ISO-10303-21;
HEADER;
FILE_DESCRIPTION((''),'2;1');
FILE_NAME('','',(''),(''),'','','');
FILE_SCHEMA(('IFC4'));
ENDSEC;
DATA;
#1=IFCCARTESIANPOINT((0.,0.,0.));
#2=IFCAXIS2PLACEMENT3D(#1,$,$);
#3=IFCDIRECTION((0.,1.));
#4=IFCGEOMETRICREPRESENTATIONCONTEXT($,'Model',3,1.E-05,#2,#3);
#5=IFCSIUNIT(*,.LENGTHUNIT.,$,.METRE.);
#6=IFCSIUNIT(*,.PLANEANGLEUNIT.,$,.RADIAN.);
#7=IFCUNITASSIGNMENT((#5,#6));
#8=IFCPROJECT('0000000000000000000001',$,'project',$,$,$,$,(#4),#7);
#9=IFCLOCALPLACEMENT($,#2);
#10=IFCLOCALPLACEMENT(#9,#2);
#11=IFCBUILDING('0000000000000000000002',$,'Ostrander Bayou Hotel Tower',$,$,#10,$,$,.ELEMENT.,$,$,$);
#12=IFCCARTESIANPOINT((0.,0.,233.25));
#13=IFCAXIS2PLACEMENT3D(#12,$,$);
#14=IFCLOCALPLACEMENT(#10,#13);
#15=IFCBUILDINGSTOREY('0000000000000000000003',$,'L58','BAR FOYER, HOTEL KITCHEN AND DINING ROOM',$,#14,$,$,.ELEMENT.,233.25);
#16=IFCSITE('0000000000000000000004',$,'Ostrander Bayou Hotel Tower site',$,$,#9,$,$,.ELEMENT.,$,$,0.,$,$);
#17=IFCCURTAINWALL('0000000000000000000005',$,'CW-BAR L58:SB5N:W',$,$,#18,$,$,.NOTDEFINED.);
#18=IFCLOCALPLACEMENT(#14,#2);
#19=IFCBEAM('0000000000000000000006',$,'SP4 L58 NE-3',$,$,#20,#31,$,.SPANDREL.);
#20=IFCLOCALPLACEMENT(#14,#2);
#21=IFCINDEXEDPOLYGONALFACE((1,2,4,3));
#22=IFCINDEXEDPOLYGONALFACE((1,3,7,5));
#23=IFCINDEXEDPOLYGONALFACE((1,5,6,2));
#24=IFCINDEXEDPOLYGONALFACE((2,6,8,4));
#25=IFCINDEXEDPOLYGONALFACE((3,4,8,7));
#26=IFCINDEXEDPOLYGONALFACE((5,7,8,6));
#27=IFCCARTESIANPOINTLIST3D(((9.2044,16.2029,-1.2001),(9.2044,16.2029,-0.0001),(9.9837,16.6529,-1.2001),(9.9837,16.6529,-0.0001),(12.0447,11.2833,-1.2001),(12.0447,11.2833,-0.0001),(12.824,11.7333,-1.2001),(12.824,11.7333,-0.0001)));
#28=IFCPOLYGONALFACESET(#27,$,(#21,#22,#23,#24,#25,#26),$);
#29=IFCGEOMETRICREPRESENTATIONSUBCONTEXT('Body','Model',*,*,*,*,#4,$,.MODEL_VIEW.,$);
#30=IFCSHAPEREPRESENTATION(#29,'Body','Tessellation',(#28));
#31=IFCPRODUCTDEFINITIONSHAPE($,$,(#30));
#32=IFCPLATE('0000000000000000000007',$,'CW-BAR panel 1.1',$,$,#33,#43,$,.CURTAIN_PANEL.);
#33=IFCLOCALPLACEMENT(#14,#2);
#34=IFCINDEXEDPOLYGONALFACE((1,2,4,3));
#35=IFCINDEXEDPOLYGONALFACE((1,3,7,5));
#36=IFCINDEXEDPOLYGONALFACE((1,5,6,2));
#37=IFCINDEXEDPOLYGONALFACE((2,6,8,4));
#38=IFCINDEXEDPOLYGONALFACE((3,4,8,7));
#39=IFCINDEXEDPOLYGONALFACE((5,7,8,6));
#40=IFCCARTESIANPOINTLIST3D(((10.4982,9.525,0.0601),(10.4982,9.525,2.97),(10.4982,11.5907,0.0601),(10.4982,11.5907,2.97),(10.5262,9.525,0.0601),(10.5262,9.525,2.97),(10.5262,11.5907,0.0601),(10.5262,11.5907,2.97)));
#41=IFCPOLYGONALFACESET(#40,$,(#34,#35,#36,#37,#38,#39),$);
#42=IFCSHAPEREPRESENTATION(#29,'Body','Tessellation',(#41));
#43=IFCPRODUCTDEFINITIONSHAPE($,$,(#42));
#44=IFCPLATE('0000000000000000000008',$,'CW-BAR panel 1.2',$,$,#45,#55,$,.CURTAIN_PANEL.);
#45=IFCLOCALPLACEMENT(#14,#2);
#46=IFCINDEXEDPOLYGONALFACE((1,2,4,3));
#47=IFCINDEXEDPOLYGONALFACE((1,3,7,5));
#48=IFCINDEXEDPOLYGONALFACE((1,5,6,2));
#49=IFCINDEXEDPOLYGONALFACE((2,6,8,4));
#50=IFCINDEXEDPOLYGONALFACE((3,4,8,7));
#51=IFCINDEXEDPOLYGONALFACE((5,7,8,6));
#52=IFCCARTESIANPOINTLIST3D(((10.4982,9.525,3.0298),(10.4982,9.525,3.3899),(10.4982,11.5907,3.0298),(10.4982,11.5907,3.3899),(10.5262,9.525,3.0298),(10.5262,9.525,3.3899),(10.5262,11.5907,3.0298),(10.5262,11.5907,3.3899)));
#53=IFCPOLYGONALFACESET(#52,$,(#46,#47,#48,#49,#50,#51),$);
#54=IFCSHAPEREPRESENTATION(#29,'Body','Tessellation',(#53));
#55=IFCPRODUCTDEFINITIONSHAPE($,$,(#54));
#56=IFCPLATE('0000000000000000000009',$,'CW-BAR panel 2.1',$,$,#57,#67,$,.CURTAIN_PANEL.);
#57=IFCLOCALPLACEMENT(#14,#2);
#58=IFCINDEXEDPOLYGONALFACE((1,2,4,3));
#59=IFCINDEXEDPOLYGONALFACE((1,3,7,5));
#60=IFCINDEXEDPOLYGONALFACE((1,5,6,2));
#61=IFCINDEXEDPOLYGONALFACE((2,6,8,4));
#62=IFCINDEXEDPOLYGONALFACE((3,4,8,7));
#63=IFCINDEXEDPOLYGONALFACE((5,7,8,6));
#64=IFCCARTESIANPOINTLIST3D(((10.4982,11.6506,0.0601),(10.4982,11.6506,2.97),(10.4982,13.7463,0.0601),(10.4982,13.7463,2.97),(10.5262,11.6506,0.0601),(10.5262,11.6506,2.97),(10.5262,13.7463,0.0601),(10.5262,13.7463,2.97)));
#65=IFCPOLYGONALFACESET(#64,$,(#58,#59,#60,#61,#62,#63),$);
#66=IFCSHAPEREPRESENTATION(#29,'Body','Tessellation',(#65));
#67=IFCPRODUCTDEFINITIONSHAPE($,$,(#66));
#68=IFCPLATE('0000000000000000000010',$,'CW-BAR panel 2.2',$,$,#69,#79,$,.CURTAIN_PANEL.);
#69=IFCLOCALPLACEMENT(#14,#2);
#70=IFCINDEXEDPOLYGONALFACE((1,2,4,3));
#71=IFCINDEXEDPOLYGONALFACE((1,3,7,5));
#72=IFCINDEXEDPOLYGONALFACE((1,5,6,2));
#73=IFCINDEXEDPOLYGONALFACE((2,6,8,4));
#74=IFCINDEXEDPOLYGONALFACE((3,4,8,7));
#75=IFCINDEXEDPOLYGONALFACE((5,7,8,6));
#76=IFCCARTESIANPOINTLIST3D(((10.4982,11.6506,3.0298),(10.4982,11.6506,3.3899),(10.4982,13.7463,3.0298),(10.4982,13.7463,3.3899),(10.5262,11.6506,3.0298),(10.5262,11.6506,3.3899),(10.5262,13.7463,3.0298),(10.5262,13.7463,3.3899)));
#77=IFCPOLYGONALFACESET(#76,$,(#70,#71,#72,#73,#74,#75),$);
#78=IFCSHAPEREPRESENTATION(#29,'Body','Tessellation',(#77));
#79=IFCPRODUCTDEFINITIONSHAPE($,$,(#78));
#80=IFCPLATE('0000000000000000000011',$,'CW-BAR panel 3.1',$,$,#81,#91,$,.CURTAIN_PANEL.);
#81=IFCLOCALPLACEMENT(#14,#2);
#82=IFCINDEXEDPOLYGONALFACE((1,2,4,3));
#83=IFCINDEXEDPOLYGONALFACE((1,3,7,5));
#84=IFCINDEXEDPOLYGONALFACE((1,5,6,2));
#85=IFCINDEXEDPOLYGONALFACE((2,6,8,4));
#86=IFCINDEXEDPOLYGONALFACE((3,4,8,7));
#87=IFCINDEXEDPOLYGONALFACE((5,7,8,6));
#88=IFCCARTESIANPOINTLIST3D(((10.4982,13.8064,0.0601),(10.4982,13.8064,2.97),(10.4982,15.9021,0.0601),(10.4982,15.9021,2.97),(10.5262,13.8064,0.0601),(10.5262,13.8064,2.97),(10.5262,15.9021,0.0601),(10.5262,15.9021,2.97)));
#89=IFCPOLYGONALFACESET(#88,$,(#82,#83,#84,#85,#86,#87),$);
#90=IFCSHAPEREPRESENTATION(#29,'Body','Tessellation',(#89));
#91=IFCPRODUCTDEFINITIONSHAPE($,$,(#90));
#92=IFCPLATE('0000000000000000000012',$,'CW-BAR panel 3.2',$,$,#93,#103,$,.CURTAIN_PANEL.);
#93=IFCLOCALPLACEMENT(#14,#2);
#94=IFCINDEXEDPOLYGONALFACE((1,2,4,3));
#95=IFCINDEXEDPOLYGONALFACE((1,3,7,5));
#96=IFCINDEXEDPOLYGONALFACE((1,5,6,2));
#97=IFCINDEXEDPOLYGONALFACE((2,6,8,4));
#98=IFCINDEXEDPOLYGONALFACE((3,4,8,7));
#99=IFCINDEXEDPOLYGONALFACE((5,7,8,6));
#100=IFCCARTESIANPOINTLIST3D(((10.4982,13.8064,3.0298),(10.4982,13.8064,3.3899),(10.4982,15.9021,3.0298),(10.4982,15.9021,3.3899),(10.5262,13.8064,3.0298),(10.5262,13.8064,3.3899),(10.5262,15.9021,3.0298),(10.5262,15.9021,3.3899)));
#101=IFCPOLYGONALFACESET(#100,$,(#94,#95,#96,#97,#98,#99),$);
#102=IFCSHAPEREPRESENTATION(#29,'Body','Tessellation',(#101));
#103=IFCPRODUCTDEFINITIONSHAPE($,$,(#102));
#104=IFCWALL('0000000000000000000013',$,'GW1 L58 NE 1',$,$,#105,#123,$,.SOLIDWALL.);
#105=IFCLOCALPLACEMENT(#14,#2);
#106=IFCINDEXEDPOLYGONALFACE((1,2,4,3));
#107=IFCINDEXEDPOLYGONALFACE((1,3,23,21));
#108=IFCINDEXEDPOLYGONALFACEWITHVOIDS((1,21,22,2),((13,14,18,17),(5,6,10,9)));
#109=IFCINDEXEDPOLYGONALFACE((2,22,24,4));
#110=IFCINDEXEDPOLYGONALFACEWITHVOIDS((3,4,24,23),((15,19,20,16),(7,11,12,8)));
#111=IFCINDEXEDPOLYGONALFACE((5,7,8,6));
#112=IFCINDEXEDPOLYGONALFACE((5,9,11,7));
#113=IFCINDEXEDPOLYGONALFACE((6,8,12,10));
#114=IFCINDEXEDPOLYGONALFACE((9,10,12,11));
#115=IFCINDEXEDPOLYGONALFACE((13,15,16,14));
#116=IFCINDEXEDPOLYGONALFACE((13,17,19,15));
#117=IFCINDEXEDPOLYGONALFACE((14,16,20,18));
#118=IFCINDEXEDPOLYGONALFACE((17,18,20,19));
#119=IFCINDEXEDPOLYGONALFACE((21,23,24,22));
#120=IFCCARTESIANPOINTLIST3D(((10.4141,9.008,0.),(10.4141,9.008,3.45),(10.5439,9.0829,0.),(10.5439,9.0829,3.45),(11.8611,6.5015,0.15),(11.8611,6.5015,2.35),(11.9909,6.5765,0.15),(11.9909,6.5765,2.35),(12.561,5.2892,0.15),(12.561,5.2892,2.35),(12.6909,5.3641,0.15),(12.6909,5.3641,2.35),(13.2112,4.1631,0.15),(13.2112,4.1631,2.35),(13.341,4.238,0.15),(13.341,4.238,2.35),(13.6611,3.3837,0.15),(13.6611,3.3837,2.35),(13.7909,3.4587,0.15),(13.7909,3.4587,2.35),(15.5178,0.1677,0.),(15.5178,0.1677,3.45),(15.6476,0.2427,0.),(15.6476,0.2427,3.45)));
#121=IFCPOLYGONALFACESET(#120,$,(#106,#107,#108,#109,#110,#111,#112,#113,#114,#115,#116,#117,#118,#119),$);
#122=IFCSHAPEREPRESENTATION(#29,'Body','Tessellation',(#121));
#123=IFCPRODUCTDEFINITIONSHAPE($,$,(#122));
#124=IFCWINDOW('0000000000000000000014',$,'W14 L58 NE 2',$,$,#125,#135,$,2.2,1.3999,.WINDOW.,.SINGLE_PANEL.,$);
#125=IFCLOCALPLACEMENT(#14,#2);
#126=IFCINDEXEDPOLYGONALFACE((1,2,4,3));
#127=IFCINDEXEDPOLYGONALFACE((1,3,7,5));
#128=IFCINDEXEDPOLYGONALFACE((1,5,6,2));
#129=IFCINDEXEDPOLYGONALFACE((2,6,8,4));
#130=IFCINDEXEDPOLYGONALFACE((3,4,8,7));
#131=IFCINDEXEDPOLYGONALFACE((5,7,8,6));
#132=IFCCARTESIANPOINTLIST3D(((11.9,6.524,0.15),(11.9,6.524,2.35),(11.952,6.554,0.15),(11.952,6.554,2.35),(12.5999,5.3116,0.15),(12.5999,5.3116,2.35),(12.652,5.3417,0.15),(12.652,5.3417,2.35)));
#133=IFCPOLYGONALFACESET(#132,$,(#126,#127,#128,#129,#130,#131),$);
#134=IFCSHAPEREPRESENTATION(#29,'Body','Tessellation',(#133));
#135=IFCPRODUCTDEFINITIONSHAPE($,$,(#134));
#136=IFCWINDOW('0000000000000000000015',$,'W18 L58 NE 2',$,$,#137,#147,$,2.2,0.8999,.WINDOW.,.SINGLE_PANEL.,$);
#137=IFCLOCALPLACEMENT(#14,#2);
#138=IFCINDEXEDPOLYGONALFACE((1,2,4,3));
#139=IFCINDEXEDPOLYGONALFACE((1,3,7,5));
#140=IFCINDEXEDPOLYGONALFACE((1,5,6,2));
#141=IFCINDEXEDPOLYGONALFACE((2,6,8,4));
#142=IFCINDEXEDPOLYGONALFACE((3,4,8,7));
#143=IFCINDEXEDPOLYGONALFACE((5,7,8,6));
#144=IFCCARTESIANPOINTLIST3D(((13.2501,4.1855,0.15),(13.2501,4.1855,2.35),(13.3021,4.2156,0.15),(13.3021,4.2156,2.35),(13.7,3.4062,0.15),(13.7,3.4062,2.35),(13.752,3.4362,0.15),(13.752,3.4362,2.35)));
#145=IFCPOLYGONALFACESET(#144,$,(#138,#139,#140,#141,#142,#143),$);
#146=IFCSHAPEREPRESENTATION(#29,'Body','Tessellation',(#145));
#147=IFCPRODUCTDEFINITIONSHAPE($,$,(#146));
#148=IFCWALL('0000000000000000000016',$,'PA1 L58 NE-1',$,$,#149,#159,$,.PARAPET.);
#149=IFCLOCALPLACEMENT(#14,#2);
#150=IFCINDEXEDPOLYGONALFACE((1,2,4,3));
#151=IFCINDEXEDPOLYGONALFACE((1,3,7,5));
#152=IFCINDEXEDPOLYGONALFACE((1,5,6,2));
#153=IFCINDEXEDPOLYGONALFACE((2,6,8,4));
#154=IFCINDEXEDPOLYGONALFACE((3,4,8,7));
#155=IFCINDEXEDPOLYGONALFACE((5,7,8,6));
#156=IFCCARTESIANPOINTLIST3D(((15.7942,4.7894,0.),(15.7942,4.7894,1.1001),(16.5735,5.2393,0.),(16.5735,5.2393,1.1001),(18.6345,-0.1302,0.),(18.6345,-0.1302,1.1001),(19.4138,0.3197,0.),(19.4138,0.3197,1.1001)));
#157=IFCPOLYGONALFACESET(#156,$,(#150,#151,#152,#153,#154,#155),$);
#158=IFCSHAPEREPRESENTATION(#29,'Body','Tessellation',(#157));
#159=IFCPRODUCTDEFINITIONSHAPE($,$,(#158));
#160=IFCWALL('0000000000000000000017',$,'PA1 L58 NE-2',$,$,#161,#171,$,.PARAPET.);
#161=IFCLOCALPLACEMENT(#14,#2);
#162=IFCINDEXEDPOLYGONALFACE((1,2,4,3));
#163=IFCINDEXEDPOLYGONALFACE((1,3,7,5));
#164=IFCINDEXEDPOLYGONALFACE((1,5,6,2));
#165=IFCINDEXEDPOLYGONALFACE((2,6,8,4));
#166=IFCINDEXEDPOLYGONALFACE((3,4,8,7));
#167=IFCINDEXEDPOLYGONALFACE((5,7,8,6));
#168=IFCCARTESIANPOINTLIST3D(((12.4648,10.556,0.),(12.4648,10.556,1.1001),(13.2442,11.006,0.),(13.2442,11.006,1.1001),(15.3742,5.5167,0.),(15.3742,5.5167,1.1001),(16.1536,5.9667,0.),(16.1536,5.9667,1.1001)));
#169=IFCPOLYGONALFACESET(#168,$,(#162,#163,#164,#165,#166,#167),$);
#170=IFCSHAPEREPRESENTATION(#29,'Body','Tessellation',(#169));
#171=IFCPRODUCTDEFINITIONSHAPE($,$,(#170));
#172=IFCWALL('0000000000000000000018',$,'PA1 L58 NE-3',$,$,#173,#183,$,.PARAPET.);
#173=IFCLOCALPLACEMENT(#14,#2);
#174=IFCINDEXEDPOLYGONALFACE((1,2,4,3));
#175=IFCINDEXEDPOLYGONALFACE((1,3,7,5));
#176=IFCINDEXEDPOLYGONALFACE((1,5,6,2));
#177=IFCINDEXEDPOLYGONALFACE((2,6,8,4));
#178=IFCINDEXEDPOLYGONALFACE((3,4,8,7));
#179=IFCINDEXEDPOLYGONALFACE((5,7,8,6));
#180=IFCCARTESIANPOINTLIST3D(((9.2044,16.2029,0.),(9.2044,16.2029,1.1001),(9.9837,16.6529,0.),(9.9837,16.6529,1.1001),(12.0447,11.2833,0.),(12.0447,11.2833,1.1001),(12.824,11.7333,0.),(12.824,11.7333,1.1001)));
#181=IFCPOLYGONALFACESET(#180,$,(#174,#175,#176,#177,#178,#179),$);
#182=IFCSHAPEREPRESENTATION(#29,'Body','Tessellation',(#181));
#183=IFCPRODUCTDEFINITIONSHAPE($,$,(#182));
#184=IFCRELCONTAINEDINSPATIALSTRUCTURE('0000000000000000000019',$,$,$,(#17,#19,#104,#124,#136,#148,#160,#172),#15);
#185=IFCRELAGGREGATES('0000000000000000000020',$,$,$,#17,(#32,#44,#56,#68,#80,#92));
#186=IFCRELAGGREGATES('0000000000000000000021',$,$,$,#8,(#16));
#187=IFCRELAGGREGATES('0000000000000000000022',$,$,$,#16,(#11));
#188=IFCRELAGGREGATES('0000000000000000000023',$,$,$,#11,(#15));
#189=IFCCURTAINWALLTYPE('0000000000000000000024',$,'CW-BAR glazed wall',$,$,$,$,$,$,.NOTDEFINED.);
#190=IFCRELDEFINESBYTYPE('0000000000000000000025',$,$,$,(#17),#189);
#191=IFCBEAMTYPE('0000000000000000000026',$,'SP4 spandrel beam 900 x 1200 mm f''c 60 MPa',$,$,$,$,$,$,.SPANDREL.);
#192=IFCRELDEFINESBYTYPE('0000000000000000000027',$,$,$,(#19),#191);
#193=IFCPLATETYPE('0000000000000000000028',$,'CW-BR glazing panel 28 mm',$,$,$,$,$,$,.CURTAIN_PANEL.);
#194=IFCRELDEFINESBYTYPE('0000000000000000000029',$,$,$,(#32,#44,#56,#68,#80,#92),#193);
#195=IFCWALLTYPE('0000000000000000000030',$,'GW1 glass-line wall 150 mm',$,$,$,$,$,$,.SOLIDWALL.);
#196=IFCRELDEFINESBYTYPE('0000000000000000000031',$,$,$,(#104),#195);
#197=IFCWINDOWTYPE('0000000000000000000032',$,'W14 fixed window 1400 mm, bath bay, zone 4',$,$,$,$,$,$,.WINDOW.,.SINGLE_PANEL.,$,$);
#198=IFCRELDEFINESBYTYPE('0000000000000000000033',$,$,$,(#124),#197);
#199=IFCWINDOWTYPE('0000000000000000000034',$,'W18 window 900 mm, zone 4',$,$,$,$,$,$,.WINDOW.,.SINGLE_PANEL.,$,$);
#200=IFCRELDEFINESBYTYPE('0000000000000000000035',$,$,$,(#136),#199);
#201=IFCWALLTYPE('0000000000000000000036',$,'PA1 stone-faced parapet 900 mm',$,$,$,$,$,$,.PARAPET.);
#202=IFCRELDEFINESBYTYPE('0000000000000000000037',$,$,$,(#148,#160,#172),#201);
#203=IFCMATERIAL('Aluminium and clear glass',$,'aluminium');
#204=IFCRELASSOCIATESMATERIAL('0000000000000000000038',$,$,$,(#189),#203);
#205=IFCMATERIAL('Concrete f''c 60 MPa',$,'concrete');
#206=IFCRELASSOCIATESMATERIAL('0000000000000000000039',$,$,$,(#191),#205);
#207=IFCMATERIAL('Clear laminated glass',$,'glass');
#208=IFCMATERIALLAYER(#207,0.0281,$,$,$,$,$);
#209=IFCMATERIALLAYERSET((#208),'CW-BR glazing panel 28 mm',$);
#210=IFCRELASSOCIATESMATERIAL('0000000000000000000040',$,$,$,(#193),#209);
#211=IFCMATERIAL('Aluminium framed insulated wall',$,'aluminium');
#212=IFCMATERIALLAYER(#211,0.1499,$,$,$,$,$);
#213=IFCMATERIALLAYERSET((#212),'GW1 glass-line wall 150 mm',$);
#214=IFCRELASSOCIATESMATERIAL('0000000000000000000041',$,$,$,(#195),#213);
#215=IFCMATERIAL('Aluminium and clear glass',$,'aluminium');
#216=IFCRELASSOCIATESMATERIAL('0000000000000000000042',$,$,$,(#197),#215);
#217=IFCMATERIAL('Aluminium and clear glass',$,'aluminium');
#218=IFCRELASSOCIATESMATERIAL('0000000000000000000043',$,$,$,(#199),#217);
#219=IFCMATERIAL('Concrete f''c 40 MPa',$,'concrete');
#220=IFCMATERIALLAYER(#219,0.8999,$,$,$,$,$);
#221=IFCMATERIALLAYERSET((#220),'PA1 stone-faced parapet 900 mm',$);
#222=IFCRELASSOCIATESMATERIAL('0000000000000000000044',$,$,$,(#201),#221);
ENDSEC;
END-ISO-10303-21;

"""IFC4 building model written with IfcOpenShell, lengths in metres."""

from ifc_helpers import new_model, si_unit, direction, frame, frame_2d, origin, origin_2d, place, context, subcontext, project, spatial, rectangle, extrude, material, layer, layer_set, material_profile, profile_set, type_object, element, fill, aggregate, save


model = new_model("IFC4")

# Units and contexts
model_context = context("Model", 3, precision=1e-05, world=origin(), true_north=direction((0.0, 1.0)))
body_context = subcontext(model_context, "Body", "Model", "MODEL_VIEW")
ifc_project = project(units=[si_unit("LENGTHUNIT", "METRE"), si_unit("PLANEANGLEUNIT", "RADIAN")], contexts=[model_context])

# Site, building, storey
site_placement = place(None, origin())
site = spatial("IfcSite", under=ifc_project, at=site_placement, Name="Ostrander Bayou Hotel Tower site", CompositionType="ELEMENT", RefElevation=0.0)
building_placement = place(site_placement, origin())
building = spatial("IfcBuilding", under=site, at=building_placement, Name="Ostrander Bayou Hotel Tower", CompositionType="ELEMENT")
storey_placement = place(building_placement, frame((0.0, 0.0, 233.25)))
storey = spatial("IfcBuildingStorey", under=building, at=storey_placement, Name="L58", Description="BAR FOYER, HOTEL KITCHEN AND DINING ROOM", CompositionType="ELEMENT", Elevation=233.25)

# Curtain wall
ifc_material_1 = material(Name="Aluminium and clear glass", Category="aluminium")
curtain_wall_type = type_object("IfcCurtainWallType", Name="CW-BAR glazed wall", PredefinedType="NOTDEFINED", material=ifc_material_1)
curtain_wall_placement = place(storey_placement, origin())
curtain_wall = element("IfcCurtainWall", 1, at=curtain_wall_placement, inside=storey, type_object=curtain_wall_type, Name="CW-BAR L58:SB5N:W", PredefinedType="NOTDEFINED")

# Beam
ifc_material_2 = material(Name="Concrete f'c 60 MPa", Category="concrete")
ifc_material_profile_1 = material_profile(ifc_material_2, rectangle(XDim=0.8999, YDim=1.2, at=origin_2d()))
ifc_profile_set_1 = profile_set([ifc_material_profile_1], Name="Concrete f'c 60 MPa")
beam_type_1 = type_object("IfcBeamType", Name="SP4 spandrel beam 900 x 1200 mm f'c 60 MPa", PredefinedType="SPANDREL", material=ifc_profile_set_1)
beam_1_placement = place(storey_placement, frame((12.4343, 11.5083, -0.6001), z_axis=(-0.499994, 0.866029, 0.0), x_axis=(-0.866029, -0.499994, 0.0)))
element("IfcBeam", 2, at=beam_1_placement, inside=storey, type_object=beam_type_1, Name="SP4 L58 NE-3", PredefinedType="SPANDREL", context=body_context, shape_type="SweptSolid", body=[
    extrude(rectangle(XDim=0.8999, YDim=1.2, at=origin_2d()), origin(), (0.0, 0.0, 1.0), 5.6807),
])

# Plates
ifc_material_3 = material(Name="Clear laminated glass", Category="glass")
ifc_layer_1 = layer(ifc_material_3, 0.0281)
ifc_layer_set_1 = layer_set([ifc_layer_1], Name="CW-BR glazing panel 28 mm")
plate_type = type_object("IfcPlateType", Name="CW-BR glazing panel 28 mm", PredefinedType="CURTAIN_PANEL", material=ifc_layer_set_1)
plate_1_placement = place(storey_placement, frame((10.5122, 10.5579, 0.0601), z_axis=(0.0, 0.0, 1.0), x_axis=(0.0, 1.0, 0.0)))
plate_1 = element("IfcPlate", 3, at=plate_1_placement, type_object=plate_type, Name="CW-BAR panel 1.1", PredefinedType="CURTAIN_PANEL", context=body_context, shape_type="SweptSolid", body=[
    extrude(rectangle(XDim=2.0657, YDim=0.0281, at=origin_2d()), origin(), (0.0, 0.0, 1.0), 2.9099),
])
plate_2_placement = place(storey_placement, frame((10.5122, 10.5579, 3.0298), z_axis=(0.0, 0.0, 1.0), x_axis=(0.0, 1.0, 0.0)))
plate_2 = element("IfcPlate", 4, at=plate_2_placement, type_object=plate_type, Name="CW-BAR panel 1.2", PredefinedType="CURTAIN_PANEL", context=body_context, shape_type="SweptSolid", body=[
    extrude(rectangle(XDim=2.0657, YDim=0.0281, at=origin_2d()), origin(), (0.0, 0.0, 1.0), 0.3601),
])
plate_3_placement = place(storey_placement, frame((10.5122, 12.6985, 0.0601), z_axis=(0.0, 0.0, 1.0), x_axis=(0.0, 1.0, 0.0)))
plate_3 = element("IfcPlate", 5, at=plate_3_placement, type_object=plate_type, Name="CW-BAR panel 2.1", PredefinedType="CURTAIN_PANEL", context=body_context, shape_type="SweptSolid", body=[
    extrude(rectangle(XDim=2.0957, YDim=0.0281, at=origin_2d()), origin(), (0.0, 0.0, 1.0), 2.9099),
])
plate_4_placement = place(storey_placement, frame((10.5122, 12.6985, 3.0298), z_axis=(0.0, 0.0, 1.0), x_axis=(0.0, 1.0, 0.0)))
plate_4 = element("IfcPlate", 6, at=plate_4_placement, type_object=plate_type, Name="CW-BAR panel 2.2", PredefinedType="CURTAIN_PANEL", context=body_context, shape_type="SweptSolid", body=[
    extrude(rectangle(XDim=2.0957, YDim=0.0281, at=origin_2d()), origin(), (0.0, 0.0, 1.0), 0.3601),
])
plate_5_placement = place(storey_placement, frame((10.5122, 14.8542, 0.0601), z_axis=(0.0, 0.0, 1.0), x_axis=(0.0, 1.0, 0.0)))
plate_5 = element("IfcPlate", 7, at=plate_5_placement, type_object=plate_type, Name="CW-BAR panel 3.1", PredefinedType="CURTAIN_PANEL", context=body_context, shape_type="SweptSolid", body=[
    extrude(rectangle(XDim=2.0957, YDim=0.0281, at=origin_2d()), origin(), (0.0, 0.0, 1.0), 2.9099),
])
plate_6_placement = place(storey_placement, frame((10.5122, 14.8542, 3.0298), z_axis=(0.0, 0.0, 1.0), x_axis=(0.0, 1.0, 0.0)))
plate_6 = element("IfcPlate", 8, at=plate_6_placement, type_object=plate_type, Name="CW-BAR panel 3.2", PredefinedType="CURTAIN_PANEL", context=body_context, shape_type="SweptSolid", body=[
    extrude(rectangle(XDim=2.0957, YDim=0.0281, at=origin_2d()), origin(), (0.0, 0.0, 1.0), 0.3601),
])
aggregate(curtain_wall, [plate_1, plate_2, plate_3, plate_4, plate_5, plate_6])

# Wall, openings, windows
ifc_material_4 = material(Name="Aluminium framed insulated wall", Category="aluminium")
ifc_layer_2 = layer(ifc_material_4, 0.1499)
ifc_layer_set_2 = layer_set([ifc_layer_2], Name="GW1 glass-line wall 150 mm")
wall_type_1 = type_object("IfcWallType", Name="GW1 glass-line wall 150 mm", PredefinedType="SOLIDWALL", material=ifc_layer_set_2)
wall_1_placement = place(storey_placement, frame((15.5828, 0.2051, 0.0), z_axis=(0.0, 0.0, 1.0), x_axis=(-0.499985, 0.866034, 0.0)))
wall_1 = element("IfcWall", 9, at=wall_1_placement, inside=storey, type_object=wall_type_1, Name="GW1 L58 NE 1", PredefinedType="SOLIDWALL", context=body_context, shape_type="SweptSolid", body=[
    extrude(rectangle(XDim=10.2078, YDim=0.1499, at=frame_2d((5.104, 0.0))), origin(), (0.0, 0.0, 1.0), 3.45),
])
opening_1_placement = place(wall_1_placement, frame((3.7136, 0.0, 0.1499)))
opening_1 = element("IfcOpeningElement", 10, at=opening_1_placement, cuts=wall_1, PredefinedType="OPENING", context=body_context, shape_type="SweptSolid", body=[
    extrude(rectangle(XDim=0.8999, YDim=2.2, at=frame_2d((0.45, 1.1001))), frame((0.0, 0.075, 0.0), z_axis=(0.0, -1.0, 0.0), x_axis=(1.0, 0.0, 0.0)), (0.0, 0.0, 1.0), 0.1499),
])
opening_2_placement = place(wall_1_placement, frame((5.9138, 0.0, 0.1499)))
opening_2 = element("IfcOpeningElement", 11, at=opening_2_placement, cuts=wall_1, PredefinedType="OPENING", context=body_context, shape_type="SweptSolid", body=[
    extrude(rectangle(XDim=1.3999, YDim=2.2, at=frame_2d((0.7, 1.1001))), frame((0.0, 0.075, 0.0), z_axis=(0.0, -1.0, 0.0), x_axis=(1.0, 0.0, 0.0)), (0.0, 0.0, 1.0), 0.1499),
])
ifc_material_5 = material(Name="Aluminium and clear glass", Category="aluminium")
window_type_1 = type_object("IfcWindowType", Name="W14 fixed window 1400 mm, bath bay, zone 4", PartitioningType="SINGLE_PANEL", PredefinedType="WINDOW", material=ifc_material_5)
window_1_placement = place(opening_2_placement, origin())
window_1 = element("IfcWindow", 12, at=window_1_placement, inside=storey, type_object=window_type_1, Name="W14 L58 NE 2", OverallHeight=2.2, OverallWidth=1.3999, PartitioningType="SINGLE_PANEL", PredefinedType="WINDOW", context=body_context, shape_type="SweptSolid", body=[
    extrude(rectangle(XDim=1.3999, YDim=2.2, at=frame_2d((0.7, 1.1001))), frame((0.0, 0.03, 0.0), z_axis=(0.0, -1.0, 0.0), x_axis=(1.0, 0.0, 0.0)), (0.0, 0.0, 1.0), 0.0601),
])
fill(opening_2, window_1)
ifc_material_6 = material(Name="Aluminium and clear glass", Category="aluminium")
window_type_2 = type_object("IfcWindowType", Name="W18 window 900 mm, zone 4", PartitioningType="SINGLE_PANEL", PredefinedType="WINDOW", material=ifc_material_6)
window_2_placement = place(opening_1_placement, origin())
window_2 = element("IfcWindow", 13, at=window_2_placement, inside=storey, type_object=window_type_2, Name="W18 L58 NE 2", OverallHeight=2.2, OverallWidth=0.8999, PartitioningType="SINGLE_PANEL", PredefinedType="WINDOW", context=body_context, shape_type="SweptSolid", body=[
    extrude(rectangle(XDim=0.8999, YDim=2.2, at=frame_2d((0.45, 1.1001))), frame((0.0, 0.03, 0.0), z_axis=(0.0, -1.0, 0.0), x_axis=(1.0, 0.0, 0.0)), (0.0, 0.0, 1.0), 0.0601),
])
fill(opening_1, window_2)

# Walls
ifc_material_7 = material(Name="Concrete f'c 40 MPa", Category="concrete")
ifc_layer_3 = layer(ifc_material_7, 0.8999)
ifc_layer_set_3 = layer_set([ifc_layer_3], Name="PA1 stone-faced parapet 900 mm")
wall_type_2 = type_object("IfcWallType", Name="PA1 stone-faced parapet 900 mm", PredefinedType="PARAPET", material=ifc_layer_set_3)
wall_2_placement = place(storey_placement, frame((19.0242, 0.0947, 0.0), z_axis=(0.0, 0.0, 1.0), x_axis=(-0.499994, 0.866029, 0.0)))
element("IfcWall", 14, at=wall_2_placement, inside=storey, type_object=wall_type_2, Name="PA1 L58 NE-1", PredefinedType="PARAPET", context=body_context, shape_type="SweptSolid", body=[
    extrude(rectangle(XDim=5.6807, YDim=0.8999, at=frame_2d((2.8403, 0.0))), origin(), (0.0, 0.0, 1.0), 1.1001),
])
wall_3_placement = place(storey_placement, frame((15.7639, 5.7417, 0.0), z_axis=(0.0, 0.0, 1.0), x_axis=(-0.499997, 0.866027, 0.0)))
element("IfcWall", 15, at=wall_3_placement, inside=storey, type_object=wall_type_2, Name="PA1 L58 NE-2", PredefinedType="PARAPET", context=body_context, shape_type="SweptSolid", body=[
    extrude(rectangle(XDim=5.8188, YDim=0.8999, at=frame_2d((2.9094, 0.0))), origin(), (0.0, 0.0, 1.0), 1.1001),
])
wall_4_placement = place(storey_placement, frame((12.4343, 11.5083, 0.0), z_axis=(0.0, 0.0, 1.0), x_axis=(-0.499994, 0.866029, 0.0)))
element("IfcWall", 16, at=wall_4_placement, inside=storey, type_object=wall_type_2, Name="PA1 L58 NE-3", PredefinedType="PARAPET", context=body_context, shape_type="SweptSolid", body=[
    extrude(rectangle(XDim=5.6807, YDim=0.8999, at=frame_2d((2.8403, 0.0))), origin(), (0.0, 0.0, 1.0), 1.1001),
])

save(model, "model.ifc")
